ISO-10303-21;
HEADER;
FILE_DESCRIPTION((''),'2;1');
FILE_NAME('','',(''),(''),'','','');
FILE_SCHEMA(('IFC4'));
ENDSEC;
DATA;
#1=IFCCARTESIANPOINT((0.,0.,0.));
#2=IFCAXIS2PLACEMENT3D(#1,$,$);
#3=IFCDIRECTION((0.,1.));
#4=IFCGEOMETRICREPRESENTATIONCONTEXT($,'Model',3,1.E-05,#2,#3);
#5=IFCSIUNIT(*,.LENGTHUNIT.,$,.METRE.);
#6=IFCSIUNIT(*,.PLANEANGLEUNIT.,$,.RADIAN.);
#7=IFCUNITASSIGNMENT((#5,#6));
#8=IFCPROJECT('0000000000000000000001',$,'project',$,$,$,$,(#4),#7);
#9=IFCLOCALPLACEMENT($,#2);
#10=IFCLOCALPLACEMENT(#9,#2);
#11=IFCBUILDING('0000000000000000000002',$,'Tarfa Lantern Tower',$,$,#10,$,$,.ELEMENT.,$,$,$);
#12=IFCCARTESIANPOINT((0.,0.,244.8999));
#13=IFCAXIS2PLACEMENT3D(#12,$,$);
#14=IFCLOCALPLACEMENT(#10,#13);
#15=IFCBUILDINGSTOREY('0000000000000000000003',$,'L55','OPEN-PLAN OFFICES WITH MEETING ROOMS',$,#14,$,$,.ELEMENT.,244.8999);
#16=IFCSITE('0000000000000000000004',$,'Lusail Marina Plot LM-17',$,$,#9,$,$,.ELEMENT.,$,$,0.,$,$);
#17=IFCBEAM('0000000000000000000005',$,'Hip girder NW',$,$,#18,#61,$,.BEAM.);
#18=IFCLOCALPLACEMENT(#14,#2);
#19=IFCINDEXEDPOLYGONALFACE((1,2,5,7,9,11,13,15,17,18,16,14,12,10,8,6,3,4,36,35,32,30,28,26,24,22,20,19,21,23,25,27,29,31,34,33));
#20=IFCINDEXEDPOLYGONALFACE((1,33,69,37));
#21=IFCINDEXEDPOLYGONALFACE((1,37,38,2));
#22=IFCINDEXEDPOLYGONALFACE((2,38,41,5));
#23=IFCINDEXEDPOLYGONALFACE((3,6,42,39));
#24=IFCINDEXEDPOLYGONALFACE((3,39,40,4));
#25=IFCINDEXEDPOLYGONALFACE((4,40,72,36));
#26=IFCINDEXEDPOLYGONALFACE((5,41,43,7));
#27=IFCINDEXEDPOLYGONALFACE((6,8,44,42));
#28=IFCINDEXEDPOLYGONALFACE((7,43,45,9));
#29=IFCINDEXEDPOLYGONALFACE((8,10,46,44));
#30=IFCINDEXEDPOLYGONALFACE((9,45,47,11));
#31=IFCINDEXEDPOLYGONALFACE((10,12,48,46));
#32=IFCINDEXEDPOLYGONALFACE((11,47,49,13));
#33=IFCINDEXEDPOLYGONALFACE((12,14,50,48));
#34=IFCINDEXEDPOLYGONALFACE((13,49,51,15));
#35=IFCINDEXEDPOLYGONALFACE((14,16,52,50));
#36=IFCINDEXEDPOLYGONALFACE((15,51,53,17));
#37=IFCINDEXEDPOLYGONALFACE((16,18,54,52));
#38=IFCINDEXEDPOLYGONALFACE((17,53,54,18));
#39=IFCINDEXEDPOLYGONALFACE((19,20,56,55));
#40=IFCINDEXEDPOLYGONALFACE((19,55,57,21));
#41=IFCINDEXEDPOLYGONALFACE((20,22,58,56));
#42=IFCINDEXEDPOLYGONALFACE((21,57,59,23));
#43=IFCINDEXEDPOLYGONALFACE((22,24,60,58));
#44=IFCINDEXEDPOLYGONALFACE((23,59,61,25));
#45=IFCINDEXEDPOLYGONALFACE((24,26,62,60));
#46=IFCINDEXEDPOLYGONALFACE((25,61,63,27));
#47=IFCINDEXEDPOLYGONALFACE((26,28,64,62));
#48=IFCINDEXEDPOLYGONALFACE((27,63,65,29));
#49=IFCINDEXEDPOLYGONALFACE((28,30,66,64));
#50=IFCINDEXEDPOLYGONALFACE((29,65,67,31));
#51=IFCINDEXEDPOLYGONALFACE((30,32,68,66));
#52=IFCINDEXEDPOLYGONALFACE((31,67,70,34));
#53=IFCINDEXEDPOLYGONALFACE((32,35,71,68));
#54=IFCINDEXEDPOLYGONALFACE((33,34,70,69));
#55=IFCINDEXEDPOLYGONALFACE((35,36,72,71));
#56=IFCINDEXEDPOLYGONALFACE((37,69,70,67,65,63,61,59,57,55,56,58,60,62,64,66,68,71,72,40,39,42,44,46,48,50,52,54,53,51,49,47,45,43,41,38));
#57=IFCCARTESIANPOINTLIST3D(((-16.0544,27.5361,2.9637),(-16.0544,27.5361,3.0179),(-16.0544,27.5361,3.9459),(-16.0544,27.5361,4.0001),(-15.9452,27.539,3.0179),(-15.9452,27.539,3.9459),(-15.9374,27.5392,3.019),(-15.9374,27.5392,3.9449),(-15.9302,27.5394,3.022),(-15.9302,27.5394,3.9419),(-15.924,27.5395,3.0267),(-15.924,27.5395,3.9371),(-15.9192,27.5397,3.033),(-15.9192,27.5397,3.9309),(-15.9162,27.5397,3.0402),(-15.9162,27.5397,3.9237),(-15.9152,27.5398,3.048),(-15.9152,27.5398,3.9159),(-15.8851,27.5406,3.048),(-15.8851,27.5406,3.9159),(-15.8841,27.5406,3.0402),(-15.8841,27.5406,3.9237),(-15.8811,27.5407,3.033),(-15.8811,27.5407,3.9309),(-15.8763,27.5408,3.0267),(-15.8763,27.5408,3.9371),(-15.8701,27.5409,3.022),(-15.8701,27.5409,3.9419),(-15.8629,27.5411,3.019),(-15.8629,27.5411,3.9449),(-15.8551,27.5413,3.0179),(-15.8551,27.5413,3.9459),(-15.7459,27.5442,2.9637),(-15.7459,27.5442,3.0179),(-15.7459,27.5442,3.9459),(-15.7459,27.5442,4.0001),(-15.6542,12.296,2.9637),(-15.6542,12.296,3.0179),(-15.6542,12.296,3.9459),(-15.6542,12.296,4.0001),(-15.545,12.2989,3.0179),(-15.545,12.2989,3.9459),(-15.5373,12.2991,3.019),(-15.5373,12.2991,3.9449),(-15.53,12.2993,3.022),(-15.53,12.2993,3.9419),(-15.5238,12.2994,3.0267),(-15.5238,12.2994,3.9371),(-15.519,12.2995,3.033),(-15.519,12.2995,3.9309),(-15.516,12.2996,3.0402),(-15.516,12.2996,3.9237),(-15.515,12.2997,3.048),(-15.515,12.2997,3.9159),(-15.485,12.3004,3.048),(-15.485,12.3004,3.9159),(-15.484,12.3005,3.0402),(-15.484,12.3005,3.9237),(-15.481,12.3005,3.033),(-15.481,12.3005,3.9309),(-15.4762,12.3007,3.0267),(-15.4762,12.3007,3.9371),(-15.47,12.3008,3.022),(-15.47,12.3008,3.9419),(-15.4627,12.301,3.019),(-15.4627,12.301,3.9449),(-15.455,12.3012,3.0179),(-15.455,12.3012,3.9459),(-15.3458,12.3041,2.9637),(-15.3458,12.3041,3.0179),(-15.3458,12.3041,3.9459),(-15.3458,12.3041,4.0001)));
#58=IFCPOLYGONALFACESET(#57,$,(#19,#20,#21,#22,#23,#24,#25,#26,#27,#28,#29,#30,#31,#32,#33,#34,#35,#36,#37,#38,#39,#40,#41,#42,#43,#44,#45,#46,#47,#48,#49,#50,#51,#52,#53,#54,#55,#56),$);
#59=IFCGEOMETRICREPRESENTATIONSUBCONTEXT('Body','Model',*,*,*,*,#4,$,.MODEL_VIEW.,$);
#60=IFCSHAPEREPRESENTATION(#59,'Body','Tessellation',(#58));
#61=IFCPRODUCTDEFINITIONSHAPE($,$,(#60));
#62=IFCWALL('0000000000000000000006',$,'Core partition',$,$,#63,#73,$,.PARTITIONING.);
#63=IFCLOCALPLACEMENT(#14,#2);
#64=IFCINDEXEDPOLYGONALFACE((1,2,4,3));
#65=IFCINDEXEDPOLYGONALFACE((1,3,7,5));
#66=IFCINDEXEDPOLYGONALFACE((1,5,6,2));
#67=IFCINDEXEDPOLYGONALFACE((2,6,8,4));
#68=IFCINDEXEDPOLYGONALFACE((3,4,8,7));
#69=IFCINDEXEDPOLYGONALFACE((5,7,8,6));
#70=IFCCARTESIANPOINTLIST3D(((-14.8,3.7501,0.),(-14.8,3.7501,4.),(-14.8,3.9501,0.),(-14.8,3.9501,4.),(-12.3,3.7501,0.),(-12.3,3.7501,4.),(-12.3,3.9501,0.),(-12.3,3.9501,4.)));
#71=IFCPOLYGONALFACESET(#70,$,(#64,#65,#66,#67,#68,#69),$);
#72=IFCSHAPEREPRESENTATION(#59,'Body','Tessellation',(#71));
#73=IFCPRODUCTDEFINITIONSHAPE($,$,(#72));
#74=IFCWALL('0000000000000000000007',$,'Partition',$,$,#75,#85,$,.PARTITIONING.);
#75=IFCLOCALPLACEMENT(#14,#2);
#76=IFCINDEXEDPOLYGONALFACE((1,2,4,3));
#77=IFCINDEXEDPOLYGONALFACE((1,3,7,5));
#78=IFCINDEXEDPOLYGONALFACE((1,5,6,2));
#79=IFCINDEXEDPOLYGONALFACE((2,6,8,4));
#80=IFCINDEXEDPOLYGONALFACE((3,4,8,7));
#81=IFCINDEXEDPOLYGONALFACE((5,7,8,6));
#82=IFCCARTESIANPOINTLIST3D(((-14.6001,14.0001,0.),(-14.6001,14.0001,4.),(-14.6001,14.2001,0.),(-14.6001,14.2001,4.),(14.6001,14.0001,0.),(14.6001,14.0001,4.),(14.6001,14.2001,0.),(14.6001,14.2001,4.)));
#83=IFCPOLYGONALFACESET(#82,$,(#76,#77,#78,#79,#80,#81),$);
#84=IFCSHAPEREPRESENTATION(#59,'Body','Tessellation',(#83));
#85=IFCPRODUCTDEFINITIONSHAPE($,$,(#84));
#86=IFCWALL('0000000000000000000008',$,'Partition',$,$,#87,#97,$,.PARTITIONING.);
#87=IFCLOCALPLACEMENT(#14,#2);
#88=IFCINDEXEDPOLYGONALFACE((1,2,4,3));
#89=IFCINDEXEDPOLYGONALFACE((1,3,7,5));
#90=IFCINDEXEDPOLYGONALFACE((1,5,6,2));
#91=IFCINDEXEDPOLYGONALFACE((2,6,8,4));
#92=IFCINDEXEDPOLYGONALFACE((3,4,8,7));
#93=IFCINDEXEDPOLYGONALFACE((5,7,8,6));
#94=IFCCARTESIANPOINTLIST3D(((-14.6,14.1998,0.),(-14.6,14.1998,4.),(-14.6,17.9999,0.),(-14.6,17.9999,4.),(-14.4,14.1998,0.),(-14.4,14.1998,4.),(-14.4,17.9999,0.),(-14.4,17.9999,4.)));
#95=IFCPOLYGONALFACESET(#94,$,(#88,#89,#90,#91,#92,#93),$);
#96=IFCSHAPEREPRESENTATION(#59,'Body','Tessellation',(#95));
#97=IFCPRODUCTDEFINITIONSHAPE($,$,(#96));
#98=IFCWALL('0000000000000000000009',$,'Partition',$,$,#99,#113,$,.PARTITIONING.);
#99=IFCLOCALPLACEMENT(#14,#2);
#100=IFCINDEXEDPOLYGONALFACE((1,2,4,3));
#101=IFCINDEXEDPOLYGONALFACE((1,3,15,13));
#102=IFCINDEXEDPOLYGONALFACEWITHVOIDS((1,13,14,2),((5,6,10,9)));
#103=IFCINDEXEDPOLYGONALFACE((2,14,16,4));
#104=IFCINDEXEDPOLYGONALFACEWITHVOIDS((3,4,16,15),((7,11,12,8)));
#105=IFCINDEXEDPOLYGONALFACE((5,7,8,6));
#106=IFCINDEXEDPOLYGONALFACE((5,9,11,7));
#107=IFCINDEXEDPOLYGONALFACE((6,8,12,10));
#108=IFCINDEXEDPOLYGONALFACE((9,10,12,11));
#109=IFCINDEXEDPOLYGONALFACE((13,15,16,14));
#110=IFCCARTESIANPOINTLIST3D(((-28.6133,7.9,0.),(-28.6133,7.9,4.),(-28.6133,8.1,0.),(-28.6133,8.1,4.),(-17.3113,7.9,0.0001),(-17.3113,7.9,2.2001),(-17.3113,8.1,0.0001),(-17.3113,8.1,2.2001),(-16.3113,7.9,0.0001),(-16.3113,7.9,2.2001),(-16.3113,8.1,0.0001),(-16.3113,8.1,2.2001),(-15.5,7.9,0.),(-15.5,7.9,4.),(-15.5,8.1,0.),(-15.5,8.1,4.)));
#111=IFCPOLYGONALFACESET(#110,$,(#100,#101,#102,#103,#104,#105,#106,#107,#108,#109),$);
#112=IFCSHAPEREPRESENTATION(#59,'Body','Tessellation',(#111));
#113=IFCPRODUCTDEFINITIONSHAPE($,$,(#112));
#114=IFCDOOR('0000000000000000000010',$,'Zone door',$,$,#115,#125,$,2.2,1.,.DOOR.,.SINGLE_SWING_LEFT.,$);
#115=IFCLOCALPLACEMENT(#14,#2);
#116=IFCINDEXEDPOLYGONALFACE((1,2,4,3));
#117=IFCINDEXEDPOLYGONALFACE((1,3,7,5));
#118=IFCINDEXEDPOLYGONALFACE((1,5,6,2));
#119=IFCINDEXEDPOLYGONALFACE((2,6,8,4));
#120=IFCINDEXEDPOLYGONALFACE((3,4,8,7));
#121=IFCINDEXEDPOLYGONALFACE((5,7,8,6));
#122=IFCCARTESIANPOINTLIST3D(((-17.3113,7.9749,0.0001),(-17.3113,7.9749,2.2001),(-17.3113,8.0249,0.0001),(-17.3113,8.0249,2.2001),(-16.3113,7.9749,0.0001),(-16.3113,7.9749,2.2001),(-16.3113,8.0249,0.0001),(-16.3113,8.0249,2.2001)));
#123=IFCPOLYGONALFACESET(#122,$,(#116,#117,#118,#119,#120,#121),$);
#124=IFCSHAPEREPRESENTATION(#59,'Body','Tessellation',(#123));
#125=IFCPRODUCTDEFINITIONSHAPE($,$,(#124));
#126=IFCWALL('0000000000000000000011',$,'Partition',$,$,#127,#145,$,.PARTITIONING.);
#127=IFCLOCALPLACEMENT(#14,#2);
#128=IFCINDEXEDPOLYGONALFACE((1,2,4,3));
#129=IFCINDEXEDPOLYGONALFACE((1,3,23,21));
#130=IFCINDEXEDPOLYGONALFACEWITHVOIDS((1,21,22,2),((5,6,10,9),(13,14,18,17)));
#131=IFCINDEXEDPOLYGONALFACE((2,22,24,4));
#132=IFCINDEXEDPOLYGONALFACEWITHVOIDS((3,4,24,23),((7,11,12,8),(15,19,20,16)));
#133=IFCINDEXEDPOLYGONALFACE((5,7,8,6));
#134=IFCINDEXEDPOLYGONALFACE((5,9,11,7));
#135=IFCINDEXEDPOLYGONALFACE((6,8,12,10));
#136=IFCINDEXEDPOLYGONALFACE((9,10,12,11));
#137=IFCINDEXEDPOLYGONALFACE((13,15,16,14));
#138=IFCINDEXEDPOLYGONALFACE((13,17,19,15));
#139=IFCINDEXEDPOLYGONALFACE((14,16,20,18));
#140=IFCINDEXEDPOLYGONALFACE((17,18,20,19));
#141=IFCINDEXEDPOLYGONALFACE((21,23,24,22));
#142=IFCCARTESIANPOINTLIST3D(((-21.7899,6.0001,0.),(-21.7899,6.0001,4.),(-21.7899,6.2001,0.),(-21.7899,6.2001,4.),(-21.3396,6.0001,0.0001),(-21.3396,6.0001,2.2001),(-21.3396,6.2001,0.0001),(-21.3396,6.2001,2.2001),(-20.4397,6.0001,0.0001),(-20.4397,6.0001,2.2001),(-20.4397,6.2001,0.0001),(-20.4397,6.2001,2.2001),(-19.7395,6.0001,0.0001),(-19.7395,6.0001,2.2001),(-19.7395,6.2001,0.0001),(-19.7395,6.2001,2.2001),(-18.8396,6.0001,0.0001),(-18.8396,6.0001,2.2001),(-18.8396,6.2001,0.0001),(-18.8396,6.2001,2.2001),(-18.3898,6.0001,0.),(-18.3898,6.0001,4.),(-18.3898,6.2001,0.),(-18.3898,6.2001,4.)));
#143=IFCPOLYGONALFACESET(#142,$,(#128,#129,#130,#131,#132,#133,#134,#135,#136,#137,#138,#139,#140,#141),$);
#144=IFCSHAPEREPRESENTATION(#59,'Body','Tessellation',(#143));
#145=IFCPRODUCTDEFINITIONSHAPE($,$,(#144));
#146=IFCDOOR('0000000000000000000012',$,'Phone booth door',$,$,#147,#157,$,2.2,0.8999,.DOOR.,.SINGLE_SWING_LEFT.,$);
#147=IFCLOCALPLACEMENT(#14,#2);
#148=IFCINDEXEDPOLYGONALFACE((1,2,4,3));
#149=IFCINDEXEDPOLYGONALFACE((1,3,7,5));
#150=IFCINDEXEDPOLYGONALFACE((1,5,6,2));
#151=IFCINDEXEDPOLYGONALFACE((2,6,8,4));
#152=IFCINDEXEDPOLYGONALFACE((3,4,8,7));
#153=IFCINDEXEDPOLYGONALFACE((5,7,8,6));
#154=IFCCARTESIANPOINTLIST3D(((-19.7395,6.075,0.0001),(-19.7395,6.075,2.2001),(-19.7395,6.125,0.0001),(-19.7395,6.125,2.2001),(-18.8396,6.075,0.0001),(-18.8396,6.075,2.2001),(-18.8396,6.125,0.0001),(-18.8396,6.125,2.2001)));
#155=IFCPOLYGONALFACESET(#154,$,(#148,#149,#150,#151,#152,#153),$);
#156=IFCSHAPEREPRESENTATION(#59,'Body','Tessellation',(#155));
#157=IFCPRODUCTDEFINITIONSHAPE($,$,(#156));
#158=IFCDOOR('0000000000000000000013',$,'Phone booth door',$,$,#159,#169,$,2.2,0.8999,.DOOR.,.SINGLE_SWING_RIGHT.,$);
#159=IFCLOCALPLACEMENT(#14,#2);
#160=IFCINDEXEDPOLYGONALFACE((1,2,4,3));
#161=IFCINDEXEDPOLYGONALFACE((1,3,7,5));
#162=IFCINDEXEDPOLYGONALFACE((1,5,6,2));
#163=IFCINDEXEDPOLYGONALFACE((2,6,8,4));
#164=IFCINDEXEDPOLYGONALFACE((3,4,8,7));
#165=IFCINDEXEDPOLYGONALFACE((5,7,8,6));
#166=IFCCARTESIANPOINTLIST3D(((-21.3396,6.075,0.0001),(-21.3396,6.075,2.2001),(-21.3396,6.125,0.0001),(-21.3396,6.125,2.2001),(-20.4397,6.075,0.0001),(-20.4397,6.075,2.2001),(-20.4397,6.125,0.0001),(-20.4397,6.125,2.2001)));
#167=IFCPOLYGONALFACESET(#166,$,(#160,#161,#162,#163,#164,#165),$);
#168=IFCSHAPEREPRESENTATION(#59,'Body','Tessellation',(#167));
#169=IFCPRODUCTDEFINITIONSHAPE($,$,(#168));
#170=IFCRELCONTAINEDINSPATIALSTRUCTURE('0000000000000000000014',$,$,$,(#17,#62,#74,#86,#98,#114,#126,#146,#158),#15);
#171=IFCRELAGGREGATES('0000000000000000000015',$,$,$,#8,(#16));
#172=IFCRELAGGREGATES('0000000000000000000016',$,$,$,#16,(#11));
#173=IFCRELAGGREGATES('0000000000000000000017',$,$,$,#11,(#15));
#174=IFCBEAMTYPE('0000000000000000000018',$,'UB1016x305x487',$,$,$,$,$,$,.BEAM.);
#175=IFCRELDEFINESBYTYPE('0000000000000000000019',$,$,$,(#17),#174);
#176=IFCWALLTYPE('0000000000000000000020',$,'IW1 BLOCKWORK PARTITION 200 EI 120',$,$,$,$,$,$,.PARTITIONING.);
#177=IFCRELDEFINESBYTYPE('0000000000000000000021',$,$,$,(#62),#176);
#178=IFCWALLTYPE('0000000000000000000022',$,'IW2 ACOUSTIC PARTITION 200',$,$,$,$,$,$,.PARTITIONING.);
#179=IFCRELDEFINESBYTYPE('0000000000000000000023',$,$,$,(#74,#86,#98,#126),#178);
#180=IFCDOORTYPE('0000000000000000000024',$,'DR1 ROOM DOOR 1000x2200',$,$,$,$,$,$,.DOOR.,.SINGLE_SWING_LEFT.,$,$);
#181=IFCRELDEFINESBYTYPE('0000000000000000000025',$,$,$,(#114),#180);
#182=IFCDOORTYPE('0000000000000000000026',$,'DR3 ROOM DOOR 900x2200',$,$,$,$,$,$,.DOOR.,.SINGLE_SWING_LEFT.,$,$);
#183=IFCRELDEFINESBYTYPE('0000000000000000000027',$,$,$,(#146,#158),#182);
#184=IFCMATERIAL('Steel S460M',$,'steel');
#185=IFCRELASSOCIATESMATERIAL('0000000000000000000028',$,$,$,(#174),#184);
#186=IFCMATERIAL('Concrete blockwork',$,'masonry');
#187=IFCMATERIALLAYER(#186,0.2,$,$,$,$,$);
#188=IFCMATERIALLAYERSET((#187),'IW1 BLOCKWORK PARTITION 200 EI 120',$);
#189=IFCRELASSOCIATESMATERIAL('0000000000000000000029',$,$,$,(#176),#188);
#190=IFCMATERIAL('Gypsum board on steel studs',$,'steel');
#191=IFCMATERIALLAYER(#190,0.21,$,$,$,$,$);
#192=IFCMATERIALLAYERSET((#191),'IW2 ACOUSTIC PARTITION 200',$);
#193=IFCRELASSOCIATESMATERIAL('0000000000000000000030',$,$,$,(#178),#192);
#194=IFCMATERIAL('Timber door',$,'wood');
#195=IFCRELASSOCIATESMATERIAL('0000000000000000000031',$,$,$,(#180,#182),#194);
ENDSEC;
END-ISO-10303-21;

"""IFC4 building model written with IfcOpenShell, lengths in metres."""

from ifc_helpers import new_model, si_unit, direction, frame, frame_2d, origin, origin_2d, place, context, subcontext, project, spatial, rectangle, i_section, extrude, material, layer, layer_set, material_profile, profile_set, type_object, element, fill, save


model = new_model("IFC4")

# Units and contexts
model_context = context("Model", 3, precision=1e-05, world=origin(), true_north=direction((0.0, 1.0)))
body_context = subcontext(model_context, "Body", "Model", "MODEL_VIEW")
ifc_project = project(units=[si_unit("LENGTHUNIT", "METRE"), si_unit("PLANEANGLEUNIT", "RADIAN")], contexts=[model_context])

# Site, building, storey
site_placement = place(None, origin())
site = spatial("IfcSite", under=ifc_project, at=site_placement, Name="Lusail Marina Plot LM-17", CompositionType="ELEMENT", RefElevation=0.0)
building_placement = place(site_placement, origin())
building = spatial("IfcBuilding", under=site, at=building_placement, Name="Tarfa Lantern Tower", CompositionType="ELEMENT")
storey_placement = place(building_placement, frame((0.0, 0.0, 244.8999)))
storey = spatial("IfcBuildingStorey", under=building, at=storey_placement, Name="L55", Description="OPEN-PLAN OFFICES WITH MEETING ROOMS", CompositionType="ELEMENT", Elevation=244.8999)

# Beam
ifc_material_1 = material(Name="Steel S460M", Category="steel")
ifc_material_profile = material_profile(ifc_material_1, i_section(OverallWidth=0.3086, OverallDepth=1.0364, WebThickness=0.03, FlangeThickness=0.0542, FilletRadius=0.03, at=origin_2d()), Name="UB1016x305x487")
ifc_profile_set = profile_set([ifc_material_profile], Name="Steel S460M")
beam_type = type_object("IfcBeamType", Name="UB1016x305x487", PredefinedType="BEAM", material=ifc_profile_set)
beam_placement = place(storey_placement, frame((-15.5, 12.3, 3.4819), z_axis=(-0.026247, 0.999655, 0.0), x_axis=(-0.999655, -0.026247, 0.0)))
element("IfcBeam", 1, at=beam_placement, inside=storey, type_object=beam_type, Name="Hip girder NW", PredefinedType="BEAM", context=body_context, shape_type="SweptSolid", body=[
    extrude(i_section(OverallWidth=0.3086, OverallDepth=1.0364, WebThickness=0.03, FlangeThickness=0.0542, FilletRadius=0.03, at=origin_2d()), origin(), (0.0, 0.0, 1.0), 15.2454),
])

# Walls
ifc_material_2 = material(Name="Concrete blockwork", Category="masonry")
ifc_layer_1 = layer(ifc_material_2, 0.2)
ifc_layer_set_1 = layer_set([ifc_layer_1], Name="IW1 BLOCKWORK PARTITION 200 EI 120")
wall_type_1 = type_object("IfcWallType", Name="IW1 BLOCKWORK PARTITION 200 EI 120", PredefinedType="PARTITIONING", material=ifc_layer_set_1)
wall_1_placement = place(storey_placement, frame((-14.8, 3.8501, 0.0), z_axis=(0.0, 0.0, 1.0), x_axis=(1.0, 0.0, 0.0)))
element("IfcWall", 2, at=wall_1_placement, inside=storey, type_object=wall_type_1, Name="Core partition", PredefinedType="PARTITIONING", context=body_context, shape_type="SweptSolid", body=[
    extrude(rectangle(XDim=2.5, YDim=0.2, at=frame_2d((1.25, 0.0))), origin(), (0.0, 0.0, 1.0), 4.0),
])
ifc_material_3 = material(Name="Gypsum board on steel studs", Category="steel")
ifc_layer_2 = layer(ifc_material_3, 0.21)
ifc_layer_set_2 = layer_set([ifc_layer_2], Name="IW2 ACOUSTIC PARTITION 200")
wall_type_2 = type_object("IfcWallType", Name="IW2 ACOUSTIC PARTITION 200", PredefinedType="PARTITIONING", material=ifc_layer_set_2)
wall_2_placement = place(storey_placement, frame((-14.6001, 14.1001, 0.0), z_axis=(0.0, 0.0, 1.0), x_axis=(1.0, 0.0, 0.0)))
element("IfcWall", 3, at=wall_2_placement, inside=storey, type_object=wall_type_2, Name="Partition", PredefinedType="PARTITIONING", context=body_context, shape_type="SweptSolid", body=[
    extrude(rectangle(XDim=29.2002, YDim=0.2, at=frame_2d((14.6001, 0.0))), origin(), (0.0, 0.0, 1.0), 4.0),
])
wall_3_placement = place(storey_placement, frame((-14.5, 14.2, 0.0), z_axis=(0.0, 0.0, 1.0), x_axis=(0.0, 1.0, 0.0)))
element("IfcWall", 4, at=wall_3_placement, inside=storey, type_object=wall_type_2, Name="Partition", PredefinedType="PARTITIONING", context=body_context, shape_type="SweptSolid", body=[
    extrude(rectangle(XDim=3.8, YDim=0.2, at=frame_2d((1.8999, 0.0))), origin(), (0.0, 0.0, 1.0), 4.0),
])

# Wall, opening, door
wall_4_placement = place(storey_placement, frame((-15.5, 8.0, 0.0), z_axis=(0.0, 0.0, 1.0), x_axis=(-1.0, 0.0, 0.0)))
wall_4 = element("IfcWall", 5, at=wall_4_placement, inside=storey, type_object=wall_type_2, Name="Partition", PredefinedType="PARTITIONING", context=body_context, shape_type="SweptSolid", body=[
    extrude(rectangle(XDim=13.1133, YDim=0.2, at=frame_2d((6.5566, 0.0))), origin(), (0.0, 0.0, 1.0), 4.0),
])
opening_1_placement = place(wall_4_placement, frame((0.8113, 0.0, 0.0)))
opening_1 = element("IfcOpeningElement", 6, at=opening_1_placement, cuts=wall_4, PredefinedType="OPENING", context=body_context, shape_type="SweptSolid", body=[
    extrude(rectangle(XDim=1.0, YDim=2.2, at=frame_2d((0.5, 1.1001))), frame((0.0, 0.1099, 0.0), z_axis=(0.0, -1.0, 0.0), x_axis=(1.0, 0.0, 0.0)), (0.0, 0.0, 1.0), 0.22),
])
ifc_material_4 = material(Name="Timber door", Category="wood")
door_type_1 = type_object("IfcDoorType", Name="DR1 ROOM DOOR 1000x2200", OperationType="SINGLE_SWING_LEFT", PredefinedType="DOOR", material=ifc_material_4)
door_1_placement = place(opening_1_placement, frame((1.0, 0.0, 0.0), z_axis=(0.0, 0.0, 1.0), x_axis=(-1.0, 0.0, 0.0)))
door_1 = element("IfcDoor", 7, at=door_1_placement, inside=storey, type_object=door_type_1, Name="Zone door", OperationType="SINGLE_SWING_LEFT", OverallHeight=2.2, OverallWidth=1.0, PredefinedType="DOOR", context=body_context, shape_type="SweptSolid", body=[
    extrude(rectangle(XDim=1.0, YDim=2.2, at=frame_2d((0.5, 1.1001))), frame((0.0, 0.0249, 0.0), z_axis=(0.0, -1.0, 0.0), x_axis=(1.0, 0.0, 0.0)), (0.0, 0.0, 1.0), 0.05),
])
fill(opening_1, door_1)

# Wall, openings, doors
wall_5_placement = place(storey_placement, frame((-18.3896, 6.1001, 0.0), z_axis=(0.0, 0.0, 1.0), x_axis=(-1.0, 0.0, 0.0)))
wall_5 = element("IfcWall", 8, at=wall_5_placement, inside=storey, type_object=wall_type_2, Name="Partition", PredefinedType="PARTITIONING", context=body_context, shape_type="SweptSolid", body=[
    extrude(rectangle(XDim=3.4001, YDim=0.2, at=frame_2d((1.7002, 0.0))), origin(), (0.0, 0.0, 1.0), 4.0),
])
opening_2_placement = place(wall_5_placement, frame((0.45, 0.0, 0.0)))
opening_2 = element("IfcOpeningElement", 9, at=opening_2_placement, cuts=wall_5, PredefinedType="OPENING", context=body_context, shape_type="SweptSolid", body=[
    extrude(rectangle(XDim=0.8999, YDim=2.2, at=frame_2d((0.45, 1.1001))), frame((0.0, 0.1099, 0.0), z_axis=(0.0, -1.0, 0.0), x_axis=(1.0, 0.0, 0.0)), (0.0, 0.0, 1.0), 0.22),
])
opening_3_placement = place(wall_5_placement, frame((2.05, 0.0, 0.0)))
opening_3 = element("IfcOpeningElement", 10, at=opening_3_placement, cuts=wall_5, PredefinedType="OPENING", context=body_context, shape_type="SweptSolid", body=[
    extrude(rectangle(XDim=0.8999, YDim=2.2, at=frame_2d((0.45, 1.1001))), frame((0.0, 0.1099, 0.0), z_axis=(0.0, -1.0, 0.0), x_axis=(1.0, 0.0, 0.0)), (0.0, 0.0, 1.0), 0.22),
])
door_type_2 = type_object("IfcDoorType", Name="DR3 ROOM DOOR 900x2200", OperationType="SINGLE_SWING_LEFT", PredefinedType="DOOR", material=ifc_material_4)
door_2_placement = place(opening_2_placement, frame((0.8999, 0.0, 0.0), z_axis=(0.0, 0.0, 1.0), x_axis=(-1.0, 0.0, 0.0)))
door_2 = element("IfcDoor", 11, at=door_2_placement, inside=storey, type_object=door_type_2, Name="Phone booth door", OperationType="SINGLE_SWING_LEFT", OverallHeight=2.2, OverallWidth=0.8999, PredefinedType="DOOR", context=body_context, shape_type="SweptSolid", body=[
    extrude(rectangle(XDim=0.8999, YDim=2.2, at=frame_2d((0.45, 1.1001))), frame((0.0, 0.0249, 0.0), z_axis=(0.0, -1.0, 0.0), x_axis=(1.0, 0.0, 0.0)), (0.0, 0.0, 1.0), 0.05),
])
fill(opening_2, door_2)
door_3_placement = place(opening_3_placement, frame((0.8999, 0.0, 0.0), z_axis=(0.0, 0.0, 1.0), x_axis=(-1.0, 0.0, 0.0)))
door_3 = element("IfcDoor", 12, at=door_3_placement, inside=storey, type_object=door_type_2, Name="Phone booth door", OperationType="SINGLE_SWING_RIGHT", OverallHeight=2.2, OverallWidth=0.8999, PredefinedType="DOOR", context=body_context, shape_type="SweptSolid", body=[
    extrude(rectangle(XDim=0.8999, YDim=2.2, at=frame_2d((0.45, 1.1001))), frame((0.0, 0.0249, 0.0), z_axis=(0.0, -1.0, 0.0), x_axis=(1.0, 0.0, 0.0)), (0.0, 0.0, 1.0), 0.05),
])
fill(opening_3, door_3)

save(model, "model.ifc")
